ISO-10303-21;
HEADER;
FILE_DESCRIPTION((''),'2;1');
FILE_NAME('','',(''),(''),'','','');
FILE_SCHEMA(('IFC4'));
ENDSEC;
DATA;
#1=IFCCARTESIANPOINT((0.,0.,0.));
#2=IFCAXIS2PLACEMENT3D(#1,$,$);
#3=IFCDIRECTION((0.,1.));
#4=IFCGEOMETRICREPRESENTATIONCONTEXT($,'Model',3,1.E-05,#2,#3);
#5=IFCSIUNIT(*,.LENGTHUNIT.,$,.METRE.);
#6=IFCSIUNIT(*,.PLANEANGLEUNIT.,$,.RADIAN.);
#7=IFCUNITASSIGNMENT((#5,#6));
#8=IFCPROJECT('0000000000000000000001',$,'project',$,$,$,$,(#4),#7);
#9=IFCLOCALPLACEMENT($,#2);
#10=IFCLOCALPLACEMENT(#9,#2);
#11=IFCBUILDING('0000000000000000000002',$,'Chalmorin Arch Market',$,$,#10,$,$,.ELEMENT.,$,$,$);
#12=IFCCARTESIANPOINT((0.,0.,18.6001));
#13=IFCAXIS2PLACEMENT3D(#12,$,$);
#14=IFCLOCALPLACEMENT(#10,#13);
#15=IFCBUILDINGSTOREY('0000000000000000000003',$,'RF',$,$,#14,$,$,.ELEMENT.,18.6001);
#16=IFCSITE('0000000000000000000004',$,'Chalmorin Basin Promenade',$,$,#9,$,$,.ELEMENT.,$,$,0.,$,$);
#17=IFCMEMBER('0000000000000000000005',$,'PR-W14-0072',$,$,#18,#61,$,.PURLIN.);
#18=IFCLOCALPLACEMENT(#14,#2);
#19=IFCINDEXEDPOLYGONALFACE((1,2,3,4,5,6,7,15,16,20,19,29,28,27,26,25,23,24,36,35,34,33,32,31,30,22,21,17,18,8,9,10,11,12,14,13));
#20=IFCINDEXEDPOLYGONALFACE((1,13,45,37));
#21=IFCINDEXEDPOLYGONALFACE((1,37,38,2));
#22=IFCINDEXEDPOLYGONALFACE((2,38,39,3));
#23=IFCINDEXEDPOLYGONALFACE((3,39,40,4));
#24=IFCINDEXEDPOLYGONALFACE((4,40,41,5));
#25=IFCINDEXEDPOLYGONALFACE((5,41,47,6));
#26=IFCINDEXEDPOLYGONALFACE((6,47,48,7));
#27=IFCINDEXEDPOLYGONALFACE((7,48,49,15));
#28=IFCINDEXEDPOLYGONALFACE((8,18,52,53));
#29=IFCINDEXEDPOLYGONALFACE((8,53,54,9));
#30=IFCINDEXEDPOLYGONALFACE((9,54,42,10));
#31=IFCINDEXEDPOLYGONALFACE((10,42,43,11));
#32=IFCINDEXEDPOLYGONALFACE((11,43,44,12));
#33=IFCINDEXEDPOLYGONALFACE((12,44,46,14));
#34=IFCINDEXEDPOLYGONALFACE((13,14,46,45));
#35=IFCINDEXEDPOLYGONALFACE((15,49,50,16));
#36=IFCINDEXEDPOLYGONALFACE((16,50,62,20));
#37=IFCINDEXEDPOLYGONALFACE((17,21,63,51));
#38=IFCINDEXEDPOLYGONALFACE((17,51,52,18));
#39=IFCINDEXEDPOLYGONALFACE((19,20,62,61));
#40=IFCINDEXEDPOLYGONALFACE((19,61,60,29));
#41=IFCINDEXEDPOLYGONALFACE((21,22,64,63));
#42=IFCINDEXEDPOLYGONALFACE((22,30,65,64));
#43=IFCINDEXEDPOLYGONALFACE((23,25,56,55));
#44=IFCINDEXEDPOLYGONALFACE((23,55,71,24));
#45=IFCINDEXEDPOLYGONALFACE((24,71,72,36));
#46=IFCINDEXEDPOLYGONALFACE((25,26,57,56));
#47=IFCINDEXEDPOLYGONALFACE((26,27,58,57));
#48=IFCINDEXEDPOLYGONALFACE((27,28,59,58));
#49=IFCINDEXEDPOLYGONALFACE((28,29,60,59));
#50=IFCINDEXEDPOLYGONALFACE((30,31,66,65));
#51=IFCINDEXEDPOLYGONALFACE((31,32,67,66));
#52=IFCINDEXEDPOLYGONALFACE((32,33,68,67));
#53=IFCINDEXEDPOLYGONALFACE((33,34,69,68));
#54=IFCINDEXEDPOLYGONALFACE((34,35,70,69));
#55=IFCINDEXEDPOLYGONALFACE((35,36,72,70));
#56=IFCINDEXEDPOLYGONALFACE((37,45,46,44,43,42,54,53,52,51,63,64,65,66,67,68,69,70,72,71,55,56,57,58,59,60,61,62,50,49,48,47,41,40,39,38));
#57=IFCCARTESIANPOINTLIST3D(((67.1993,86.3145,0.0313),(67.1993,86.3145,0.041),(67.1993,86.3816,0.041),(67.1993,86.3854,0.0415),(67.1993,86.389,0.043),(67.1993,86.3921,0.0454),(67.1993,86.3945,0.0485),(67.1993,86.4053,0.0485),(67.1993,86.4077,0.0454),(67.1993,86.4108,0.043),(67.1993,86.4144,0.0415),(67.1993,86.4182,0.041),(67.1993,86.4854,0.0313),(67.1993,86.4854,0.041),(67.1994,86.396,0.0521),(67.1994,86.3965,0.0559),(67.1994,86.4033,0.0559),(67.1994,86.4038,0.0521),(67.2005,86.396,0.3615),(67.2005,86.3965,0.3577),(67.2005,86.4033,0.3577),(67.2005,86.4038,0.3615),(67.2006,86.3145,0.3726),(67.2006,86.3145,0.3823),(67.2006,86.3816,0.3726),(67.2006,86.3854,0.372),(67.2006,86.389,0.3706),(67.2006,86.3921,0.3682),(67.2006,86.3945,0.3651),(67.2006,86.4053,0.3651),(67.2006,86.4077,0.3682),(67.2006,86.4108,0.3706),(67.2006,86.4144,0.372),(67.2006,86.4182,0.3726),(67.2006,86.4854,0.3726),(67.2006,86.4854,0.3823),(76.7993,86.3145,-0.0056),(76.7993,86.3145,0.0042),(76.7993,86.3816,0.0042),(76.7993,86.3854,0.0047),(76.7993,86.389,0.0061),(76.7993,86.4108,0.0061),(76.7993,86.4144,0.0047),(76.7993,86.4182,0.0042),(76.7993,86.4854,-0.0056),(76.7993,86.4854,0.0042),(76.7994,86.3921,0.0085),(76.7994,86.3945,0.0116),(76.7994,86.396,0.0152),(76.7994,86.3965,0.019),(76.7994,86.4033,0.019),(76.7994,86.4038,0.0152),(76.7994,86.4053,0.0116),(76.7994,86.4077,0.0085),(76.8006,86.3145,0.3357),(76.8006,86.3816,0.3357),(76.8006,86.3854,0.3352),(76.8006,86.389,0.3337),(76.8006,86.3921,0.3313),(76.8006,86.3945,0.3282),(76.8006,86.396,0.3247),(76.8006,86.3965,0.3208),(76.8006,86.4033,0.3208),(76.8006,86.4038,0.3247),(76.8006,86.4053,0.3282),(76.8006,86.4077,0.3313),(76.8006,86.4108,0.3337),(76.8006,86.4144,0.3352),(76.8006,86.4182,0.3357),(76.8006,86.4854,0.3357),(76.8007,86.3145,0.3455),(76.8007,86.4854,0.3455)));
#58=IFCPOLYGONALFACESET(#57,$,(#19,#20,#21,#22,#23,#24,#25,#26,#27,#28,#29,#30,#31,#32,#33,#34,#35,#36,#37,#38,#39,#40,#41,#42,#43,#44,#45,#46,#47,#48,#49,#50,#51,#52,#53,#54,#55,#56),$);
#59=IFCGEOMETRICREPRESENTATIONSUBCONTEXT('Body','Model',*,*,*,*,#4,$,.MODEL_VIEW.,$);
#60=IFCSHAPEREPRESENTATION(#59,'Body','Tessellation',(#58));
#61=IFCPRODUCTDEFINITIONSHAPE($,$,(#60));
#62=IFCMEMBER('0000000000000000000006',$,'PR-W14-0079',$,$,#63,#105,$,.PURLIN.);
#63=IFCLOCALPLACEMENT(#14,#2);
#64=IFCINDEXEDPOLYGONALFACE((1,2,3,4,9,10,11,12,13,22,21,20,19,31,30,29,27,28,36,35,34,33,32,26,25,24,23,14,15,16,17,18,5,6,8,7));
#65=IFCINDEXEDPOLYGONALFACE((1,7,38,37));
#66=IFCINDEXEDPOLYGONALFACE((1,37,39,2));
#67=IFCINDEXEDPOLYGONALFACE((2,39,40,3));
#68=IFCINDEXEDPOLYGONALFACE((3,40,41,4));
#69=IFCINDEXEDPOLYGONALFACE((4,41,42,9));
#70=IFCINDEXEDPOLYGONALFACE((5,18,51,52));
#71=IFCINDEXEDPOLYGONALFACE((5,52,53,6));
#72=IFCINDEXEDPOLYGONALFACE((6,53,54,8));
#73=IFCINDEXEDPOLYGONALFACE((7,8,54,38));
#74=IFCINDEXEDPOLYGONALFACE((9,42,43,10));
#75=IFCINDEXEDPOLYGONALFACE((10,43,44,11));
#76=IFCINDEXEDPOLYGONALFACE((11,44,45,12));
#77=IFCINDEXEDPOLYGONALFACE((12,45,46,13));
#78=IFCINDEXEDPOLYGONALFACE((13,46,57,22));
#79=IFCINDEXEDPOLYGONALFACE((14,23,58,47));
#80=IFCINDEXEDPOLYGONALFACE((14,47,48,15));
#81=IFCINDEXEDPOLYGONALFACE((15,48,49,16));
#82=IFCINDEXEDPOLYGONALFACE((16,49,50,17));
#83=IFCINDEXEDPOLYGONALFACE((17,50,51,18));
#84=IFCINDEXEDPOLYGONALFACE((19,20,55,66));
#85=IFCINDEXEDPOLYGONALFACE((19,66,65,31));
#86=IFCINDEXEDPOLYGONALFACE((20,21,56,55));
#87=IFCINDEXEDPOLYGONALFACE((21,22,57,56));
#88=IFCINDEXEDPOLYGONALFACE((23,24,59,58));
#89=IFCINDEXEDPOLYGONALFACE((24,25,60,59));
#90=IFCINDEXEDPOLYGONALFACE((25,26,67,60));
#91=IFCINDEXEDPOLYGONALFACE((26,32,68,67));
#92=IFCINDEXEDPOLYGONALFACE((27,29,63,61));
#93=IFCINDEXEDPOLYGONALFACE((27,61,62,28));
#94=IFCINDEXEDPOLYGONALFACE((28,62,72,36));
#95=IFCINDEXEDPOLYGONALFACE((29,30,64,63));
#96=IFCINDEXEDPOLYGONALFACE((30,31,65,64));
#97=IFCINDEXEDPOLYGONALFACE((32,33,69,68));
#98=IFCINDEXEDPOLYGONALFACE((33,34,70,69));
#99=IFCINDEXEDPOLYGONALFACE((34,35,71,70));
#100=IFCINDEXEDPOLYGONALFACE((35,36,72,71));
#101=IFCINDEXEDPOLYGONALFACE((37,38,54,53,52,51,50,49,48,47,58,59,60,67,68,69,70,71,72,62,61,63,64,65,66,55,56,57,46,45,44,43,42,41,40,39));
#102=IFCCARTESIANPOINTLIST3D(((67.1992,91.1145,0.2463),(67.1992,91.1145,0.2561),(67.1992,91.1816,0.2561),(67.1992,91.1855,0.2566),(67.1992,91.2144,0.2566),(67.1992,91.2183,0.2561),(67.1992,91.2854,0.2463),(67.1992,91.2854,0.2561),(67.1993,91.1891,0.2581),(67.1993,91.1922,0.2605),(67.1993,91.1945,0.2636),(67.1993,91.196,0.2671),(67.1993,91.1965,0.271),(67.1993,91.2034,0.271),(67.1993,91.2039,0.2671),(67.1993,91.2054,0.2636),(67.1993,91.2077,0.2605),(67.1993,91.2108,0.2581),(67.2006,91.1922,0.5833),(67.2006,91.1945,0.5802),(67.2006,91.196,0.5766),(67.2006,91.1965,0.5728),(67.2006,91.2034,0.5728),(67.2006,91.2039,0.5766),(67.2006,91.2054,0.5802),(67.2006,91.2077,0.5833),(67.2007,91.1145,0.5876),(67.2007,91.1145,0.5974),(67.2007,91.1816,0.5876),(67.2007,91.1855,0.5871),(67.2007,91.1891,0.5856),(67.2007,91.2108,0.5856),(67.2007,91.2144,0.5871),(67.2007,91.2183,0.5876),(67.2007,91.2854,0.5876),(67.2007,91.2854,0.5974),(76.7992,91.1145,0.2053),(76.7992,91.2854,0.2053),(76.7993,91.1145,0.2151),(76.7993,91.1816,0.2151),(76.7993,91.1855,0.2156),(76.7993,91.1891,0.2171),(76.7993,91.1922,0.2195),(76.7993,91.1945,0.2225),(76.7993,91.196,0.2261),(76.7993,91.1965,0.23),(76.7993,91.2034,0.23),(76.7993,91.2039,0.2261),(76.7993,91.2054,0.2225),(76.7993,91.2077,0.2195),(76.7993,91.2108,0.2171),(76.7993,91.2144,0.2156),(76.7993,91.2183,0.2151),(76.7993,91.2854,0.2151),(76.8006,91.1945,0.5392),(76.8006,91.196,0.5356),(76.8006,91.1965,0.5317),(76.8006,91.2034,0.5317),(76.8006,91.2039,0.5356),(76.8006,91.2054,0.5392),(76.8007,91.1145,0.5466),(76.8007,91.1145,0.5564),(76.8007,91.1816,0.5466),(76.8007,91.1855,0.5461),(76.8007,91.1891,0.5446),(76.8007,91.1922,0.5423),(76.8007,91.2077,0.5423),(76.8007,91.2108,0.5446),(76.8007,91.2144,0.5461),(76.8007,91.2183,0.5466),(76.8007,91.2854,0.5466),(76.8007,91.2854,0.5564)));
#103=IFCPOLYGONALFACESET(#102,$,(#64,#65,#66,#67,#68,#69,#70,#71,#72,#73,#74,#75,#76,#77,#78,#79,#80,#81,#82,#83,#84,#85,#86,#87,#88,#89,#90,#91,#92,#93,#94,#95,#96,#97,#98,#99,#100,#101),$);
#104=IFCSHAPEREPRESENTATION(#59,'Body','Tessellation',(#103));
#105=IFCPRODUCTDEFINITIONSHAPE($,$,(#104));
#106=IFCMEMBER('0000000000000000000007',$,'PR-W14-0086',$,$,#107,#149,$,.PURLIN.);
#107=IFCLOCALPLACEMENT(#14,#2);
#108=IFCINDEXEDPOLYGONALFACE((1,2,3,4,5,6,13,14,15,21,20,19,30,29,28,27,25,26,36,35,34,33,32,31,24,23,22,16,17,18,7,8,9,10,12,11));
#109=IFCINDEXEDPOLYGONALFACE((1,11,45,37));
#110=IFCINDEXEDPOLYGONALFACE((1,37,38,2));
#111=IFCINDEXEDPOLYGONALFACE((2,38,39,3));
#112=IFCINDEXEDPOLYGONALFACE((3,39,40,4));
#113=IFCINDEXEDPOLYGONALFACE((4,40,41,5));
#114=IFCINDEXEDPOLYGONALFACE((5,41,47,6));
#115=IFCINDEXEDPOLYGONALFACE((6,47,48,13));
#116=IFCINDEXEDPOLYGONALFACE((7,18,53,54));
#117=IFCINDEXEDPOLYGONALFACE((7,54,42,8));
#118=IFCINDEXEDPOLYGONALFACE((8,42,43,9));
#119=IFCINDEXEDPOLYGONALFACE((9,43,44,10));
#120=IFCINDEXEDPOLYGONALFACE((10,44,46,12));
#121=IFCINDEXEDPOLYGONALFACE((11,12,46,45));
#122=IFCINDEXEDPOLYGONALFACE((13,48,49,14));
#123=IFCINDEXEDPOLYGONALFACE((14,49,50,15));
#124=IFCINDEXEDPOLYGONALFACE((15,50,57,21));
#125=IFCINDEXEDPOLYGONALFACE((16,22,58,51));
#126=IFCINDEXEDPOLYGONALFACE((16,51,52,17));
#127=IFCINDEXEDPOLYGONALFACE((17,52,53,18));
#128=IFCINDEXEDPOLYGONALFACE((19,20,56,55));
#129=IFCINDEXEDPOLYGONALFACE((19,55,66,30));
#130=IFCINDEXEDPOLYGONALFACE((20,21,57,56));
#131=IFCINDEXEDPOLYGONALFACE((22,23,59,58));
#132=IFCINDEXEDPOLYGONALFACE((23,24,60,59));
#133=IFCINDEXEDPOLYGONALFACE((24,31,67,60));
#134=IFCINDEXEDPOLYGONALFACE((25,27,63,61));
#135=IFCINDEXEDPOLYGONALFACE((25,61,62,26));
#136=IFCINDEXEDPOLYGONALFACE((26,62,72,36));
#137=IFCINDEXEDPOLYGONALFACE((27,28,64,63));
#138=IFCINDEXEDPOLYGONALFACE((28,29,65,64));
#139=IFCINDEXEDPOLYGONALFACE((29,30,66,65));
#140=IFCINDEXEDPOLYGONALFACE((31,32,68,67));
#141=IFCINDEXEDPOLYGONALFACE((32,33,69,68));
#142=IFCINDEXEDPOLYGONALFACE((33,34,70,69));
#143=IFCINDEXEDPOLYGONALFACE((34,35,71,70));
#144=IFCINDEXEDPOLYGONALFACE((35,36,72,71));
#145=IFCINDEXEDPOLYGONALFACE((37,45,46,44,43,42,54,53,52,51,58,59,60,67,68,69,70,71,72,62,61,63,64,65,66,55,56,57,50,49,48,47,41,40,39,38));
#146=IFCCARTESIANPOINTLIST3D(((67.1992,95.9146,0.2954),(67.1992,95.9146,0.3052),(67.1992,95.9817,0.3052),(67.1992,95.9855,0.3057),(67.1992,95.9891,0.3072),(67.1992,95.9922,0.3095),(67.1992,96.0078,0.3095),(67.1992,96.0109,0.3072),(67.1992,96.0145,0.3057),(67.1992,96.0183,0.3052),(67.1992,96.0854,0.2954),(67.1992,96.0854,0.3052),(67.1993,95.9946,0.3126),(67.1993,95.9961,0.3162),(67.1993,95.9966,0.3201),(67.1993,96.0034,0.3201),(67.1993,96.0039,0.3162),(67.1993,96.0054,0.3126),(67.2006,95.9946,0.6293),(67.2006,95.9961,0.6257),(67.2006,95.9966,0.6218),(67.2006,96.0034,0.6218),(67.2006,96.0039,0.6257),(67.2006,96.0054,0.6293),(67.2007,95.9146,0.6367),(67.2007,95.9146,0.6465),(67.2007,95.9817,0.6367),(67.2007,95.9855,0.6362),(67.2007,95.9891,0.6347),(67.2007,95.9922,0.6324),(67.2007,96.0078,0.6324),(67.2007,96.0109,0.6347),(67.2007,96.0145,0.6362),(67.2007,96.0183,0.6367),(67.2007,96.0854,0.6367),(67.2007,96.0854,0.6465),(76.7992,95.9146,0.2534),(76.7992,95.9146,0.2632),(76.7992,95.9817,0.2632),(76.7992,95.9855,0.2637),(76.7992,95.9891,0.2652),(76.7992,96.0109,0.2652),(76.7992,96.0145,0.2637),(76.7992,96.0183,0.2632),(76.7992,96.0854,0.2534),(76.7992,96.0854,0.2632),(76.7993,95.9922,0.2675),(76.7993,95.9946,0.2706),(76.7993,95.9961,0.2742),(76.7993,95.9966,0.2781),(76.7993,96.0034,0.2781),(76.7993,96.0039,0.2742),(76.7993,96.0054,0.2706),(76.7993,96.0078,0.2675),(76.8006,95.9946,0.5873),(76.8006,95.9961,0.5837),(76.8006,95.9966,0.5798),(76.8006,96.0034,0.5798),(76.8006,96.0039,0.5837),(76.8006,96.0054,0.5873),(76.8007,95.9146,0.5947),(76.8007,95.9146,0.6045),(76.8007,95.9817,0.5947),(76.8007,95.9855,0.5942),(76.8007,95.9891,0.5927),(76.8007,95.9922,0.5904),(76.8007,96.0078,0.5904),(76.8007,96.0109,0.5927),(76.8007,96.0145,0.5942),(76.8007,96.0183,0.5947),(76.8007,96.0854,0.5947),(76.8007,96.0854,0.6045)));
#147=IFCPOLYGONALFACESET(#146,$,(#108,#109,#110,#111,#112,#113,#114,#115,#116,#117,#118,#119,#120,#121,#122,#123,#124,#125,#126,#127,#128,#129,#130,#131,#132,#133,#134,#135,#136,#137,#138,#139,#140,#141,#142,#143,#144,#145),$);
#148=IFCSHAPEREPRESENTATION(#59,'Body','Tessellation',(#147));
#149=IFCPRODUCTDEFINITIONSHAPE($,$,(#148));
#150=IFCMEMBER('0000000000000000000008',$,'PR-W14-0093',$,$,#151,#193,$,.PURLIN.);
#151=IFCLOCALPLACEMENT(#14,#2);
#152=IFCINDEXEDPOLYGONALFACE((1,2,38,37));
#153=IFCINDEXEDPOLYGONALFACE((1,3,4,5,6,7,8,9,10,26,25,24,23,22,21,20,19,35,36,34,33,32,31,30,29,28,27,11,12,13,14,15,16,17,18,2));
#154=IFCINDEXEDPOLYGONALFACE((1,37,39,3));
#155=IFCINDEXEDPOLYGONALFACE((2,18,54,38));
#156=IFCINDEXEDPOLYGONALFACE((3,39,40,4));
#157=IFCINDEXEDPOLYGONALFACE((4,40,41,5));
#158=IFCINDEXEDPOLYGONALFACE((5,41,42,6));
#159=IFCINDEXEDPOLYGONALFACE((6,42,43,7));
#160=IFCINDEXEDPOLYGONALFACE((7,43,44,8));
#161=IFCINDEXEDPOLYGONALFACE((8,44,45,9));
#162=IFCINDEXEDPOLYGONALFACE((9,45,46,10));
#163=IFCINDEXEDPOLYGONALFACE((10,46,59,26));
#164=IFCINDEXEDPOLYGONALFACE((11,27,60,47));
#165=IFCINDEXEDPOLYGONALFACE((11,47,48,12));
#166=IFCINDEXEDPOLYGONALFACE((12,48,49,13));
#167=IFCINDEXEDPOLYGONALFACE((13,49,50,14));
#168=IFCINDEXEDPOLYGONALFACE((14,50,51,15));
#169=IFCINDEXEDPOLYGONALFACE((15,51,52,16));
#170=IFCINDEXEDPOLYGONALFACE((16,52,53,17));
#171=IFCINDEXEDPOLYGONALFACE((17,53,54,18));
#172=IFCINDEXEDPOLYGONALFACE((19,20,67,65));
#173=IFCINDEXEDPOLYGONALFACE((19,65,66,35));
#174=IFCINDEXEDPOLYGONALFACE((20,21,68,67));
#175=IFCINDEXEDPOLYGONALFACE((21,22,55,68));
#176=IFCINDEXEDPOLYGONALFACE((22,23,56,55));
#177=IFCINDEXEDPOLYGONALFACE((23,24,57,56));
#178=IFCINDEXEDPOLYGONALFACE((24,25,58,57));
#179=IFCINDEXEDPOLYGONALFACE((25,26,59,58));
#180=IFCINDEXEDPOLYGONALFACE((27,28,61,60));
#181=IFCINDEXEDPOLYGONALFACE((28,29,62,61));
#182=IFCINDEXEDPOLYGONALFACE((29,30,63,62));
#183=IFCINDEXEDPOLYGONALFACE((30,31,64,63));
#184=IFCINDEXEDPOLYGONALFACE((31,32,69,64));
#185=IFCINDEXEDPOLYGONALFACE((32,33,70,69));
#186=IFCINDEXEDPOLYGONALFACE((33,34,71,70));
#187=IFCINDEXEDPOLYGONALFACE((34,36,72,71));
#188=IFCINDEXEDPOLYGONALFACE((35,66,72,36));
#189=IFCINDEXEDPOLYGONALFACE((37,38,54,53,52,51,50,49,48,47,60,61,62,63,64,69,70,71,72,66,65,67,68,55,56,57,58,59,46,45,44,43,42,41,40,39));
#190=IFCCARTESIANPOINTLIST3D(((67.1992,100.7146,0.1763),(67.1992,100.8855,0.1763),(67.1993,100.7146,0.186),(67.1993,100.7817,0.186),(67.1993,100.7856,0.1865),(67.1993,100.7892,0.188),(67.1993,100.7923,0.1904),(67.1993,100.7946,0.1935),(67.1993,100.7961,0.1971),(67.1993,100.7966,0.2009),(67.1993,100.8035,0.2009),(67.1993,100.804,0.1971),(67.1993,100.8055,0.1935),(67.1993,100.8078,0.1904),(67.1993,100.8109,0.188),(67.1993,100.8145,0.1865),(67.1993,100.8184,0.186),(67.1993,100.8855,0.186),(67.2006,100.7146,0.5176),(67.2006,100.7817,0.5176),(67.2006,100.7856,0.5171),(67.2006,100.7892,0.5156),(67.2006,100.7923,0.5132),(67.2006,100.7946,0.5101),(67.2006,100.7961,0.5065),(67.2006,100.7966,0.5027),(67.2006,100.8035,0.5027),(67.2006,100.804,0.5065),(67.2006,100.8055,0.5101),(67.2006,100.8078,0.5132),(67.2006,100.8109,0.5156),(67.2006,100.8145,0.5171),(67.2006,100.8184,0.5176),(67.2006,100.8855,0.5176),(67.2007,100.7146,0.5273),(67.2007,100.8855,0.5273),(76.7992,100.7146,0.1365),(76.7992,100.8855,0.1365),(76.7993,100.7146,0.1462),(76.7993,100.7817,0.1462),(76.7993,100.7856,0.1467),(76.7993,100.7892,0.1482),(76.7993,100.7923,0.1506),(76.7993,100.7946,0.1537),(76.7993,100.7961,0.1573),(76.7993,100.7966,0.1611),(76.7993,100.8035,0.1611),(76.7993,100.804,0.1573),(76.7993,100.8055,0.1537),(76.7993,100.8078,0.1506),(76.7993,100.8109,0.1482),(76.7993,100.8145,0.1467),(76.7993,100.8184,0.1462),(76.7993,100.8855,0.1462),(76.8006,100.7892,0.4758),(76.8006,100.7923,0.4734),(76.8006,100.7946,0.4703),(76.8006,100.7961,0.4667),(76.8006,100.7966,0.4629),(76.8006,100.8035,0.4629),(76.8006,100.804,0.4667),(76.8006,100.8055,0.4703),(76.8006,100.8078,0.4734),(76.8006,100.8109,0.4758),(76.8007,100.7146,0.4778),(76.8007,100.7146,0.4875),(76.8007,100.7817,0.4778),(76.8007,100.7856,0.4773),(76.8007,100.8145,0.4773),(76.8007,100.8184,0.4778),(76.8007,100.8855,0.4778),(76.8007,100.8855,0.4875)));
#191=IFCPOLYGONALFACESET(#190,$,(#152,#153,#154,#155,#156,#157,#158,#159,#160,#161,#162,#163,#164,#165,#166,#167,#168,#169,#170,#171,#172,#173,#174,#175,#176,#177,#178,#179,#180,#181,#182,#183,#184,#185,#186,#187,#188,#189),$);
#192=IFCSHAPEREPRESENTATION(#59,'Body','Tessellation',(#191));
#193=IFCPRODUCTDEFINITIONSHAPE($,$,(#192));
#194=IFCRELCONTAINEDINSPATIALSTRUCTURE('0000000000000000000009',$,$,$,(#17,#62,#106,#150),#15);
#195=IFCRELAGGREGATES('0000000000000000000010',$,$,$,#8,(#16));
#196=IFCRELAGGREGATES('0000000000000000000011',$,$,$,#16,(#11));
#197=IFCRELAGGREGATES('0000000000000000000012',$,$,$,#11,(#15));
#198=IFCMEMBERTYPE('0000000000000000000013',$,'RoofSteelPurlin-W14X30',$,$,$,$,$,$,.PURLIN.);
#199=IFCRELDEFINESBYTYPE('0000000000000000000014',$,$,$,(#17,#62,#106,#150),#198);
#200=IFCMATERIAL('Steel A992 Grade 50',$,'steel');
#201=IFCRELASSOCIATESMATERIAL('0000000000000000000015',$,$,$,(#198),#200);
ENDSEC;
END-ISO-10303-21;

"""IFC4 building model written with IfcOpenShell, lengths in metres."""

from ifc_helpers import new_model, si_unit, direction, frame, origin, origin_2d, place, context, subcontext, project, spatial, i_section, extrude, material, material_profile, profile_set, type_object, element, save


model = new_model("IFC4")

# Units and contexts
model_context = context("Model", 3, precision=1e-05, world=origin(), true_north=direction((0.0, 1.0)))
body_context = subcontext(model_context, "Body", "Model", "MODEL_VIEW")
ifc_project = project(units=[si_unit("LENGTHUNIT", "METRE"), si_unit("PLANEANGLEUNIT", "RADIAN")], contexts=[model_context])

# Site, building, storey
site_placement = place(None, origin())
site = spatial("IfcSite", under=ifc_project, at=site_placement, Name="Chalmorin Basin Promenade", CompositionType="ELEMENT", RefElevation=0.0)
building_placement = place(site_placement, origin())
building = spatial("IfcBuilding", under=site, at=building_placement, Name="Chalmorin Arch Market", CompositionType="ELEMENT")
storey_placement = place(building_placement, frame((0.0, 0.0, 18.6001)))
storey = spatial("IfcBuildingStorey", under=building, at=storey_placement, Name="RF", CompositionType="ELEMENT", Elevation=18.6001)

# Shared definitions
ifc_material_1 = material(Name="Steel A992 Grade 50", Category="steel")

# Members
ifc_material_profile_1 = material_profile(ifc_material_1, i_section(OverallWidth=0.1709, OverallDepth=0.3511, WebThickness=0.0068, FlangeThickness=0.0098, FilletRadius=0.0149, at=origin_2d()), Name="W14X30")
ifc_profile_set_1 = profile_set([ifc_material_profile_1], Name="Steel A992 Grade 50")
member_type = type_object("IfcMemberType", Name="RoofSteelPurlin-W14X30", PredefinedType="PURLIN", material=ifc_profile_set_1)
for number, where, z_axis, x_axis, name in (
    (1, (67.2, 86.3999, 0.2068), (0.999993, 0.0, -0.00384), (0.0, 1.0, 0.0), "PR-W14-0072"),
    (2, (67.2, 91.2, 0.4219), (0.999991, 0.0, -0.004272), (0.0, 1.0, 0.0), "PR-W14-0079"),
    (3, (67.2, 96.0, 0.4709), (0.99999, 0.0, -0.004374), (0.0, 1.0, 0.0), "PR-W14-0086"),
    (4, (67.2, 100.8, 0.3518), (0.999991, 0.0, -0.004145), (0.0, 1.0, 0.0), "PR-W14-0093"),
):
    element("IfcMember", number, at=place(storey_placement, frame(where, z_axis=z_axis, x_axis=x_axis)), inside=storey, type_object=member_type, Name=name, PredefinedType="PURLIN", context=body_context, shape_type="SweptSolid", body=[
        extrude(i_section(OverallWidth=0.1709, OverallDepth=0.3511, WebThickness=0.0068, FlangeThickness=0.0098, FilletRadius=0.0149, at=origin_2d()), origin(), (0.0, 0.0, 1.0), 9.6001),
    ])

save(model, "model.ifc")
